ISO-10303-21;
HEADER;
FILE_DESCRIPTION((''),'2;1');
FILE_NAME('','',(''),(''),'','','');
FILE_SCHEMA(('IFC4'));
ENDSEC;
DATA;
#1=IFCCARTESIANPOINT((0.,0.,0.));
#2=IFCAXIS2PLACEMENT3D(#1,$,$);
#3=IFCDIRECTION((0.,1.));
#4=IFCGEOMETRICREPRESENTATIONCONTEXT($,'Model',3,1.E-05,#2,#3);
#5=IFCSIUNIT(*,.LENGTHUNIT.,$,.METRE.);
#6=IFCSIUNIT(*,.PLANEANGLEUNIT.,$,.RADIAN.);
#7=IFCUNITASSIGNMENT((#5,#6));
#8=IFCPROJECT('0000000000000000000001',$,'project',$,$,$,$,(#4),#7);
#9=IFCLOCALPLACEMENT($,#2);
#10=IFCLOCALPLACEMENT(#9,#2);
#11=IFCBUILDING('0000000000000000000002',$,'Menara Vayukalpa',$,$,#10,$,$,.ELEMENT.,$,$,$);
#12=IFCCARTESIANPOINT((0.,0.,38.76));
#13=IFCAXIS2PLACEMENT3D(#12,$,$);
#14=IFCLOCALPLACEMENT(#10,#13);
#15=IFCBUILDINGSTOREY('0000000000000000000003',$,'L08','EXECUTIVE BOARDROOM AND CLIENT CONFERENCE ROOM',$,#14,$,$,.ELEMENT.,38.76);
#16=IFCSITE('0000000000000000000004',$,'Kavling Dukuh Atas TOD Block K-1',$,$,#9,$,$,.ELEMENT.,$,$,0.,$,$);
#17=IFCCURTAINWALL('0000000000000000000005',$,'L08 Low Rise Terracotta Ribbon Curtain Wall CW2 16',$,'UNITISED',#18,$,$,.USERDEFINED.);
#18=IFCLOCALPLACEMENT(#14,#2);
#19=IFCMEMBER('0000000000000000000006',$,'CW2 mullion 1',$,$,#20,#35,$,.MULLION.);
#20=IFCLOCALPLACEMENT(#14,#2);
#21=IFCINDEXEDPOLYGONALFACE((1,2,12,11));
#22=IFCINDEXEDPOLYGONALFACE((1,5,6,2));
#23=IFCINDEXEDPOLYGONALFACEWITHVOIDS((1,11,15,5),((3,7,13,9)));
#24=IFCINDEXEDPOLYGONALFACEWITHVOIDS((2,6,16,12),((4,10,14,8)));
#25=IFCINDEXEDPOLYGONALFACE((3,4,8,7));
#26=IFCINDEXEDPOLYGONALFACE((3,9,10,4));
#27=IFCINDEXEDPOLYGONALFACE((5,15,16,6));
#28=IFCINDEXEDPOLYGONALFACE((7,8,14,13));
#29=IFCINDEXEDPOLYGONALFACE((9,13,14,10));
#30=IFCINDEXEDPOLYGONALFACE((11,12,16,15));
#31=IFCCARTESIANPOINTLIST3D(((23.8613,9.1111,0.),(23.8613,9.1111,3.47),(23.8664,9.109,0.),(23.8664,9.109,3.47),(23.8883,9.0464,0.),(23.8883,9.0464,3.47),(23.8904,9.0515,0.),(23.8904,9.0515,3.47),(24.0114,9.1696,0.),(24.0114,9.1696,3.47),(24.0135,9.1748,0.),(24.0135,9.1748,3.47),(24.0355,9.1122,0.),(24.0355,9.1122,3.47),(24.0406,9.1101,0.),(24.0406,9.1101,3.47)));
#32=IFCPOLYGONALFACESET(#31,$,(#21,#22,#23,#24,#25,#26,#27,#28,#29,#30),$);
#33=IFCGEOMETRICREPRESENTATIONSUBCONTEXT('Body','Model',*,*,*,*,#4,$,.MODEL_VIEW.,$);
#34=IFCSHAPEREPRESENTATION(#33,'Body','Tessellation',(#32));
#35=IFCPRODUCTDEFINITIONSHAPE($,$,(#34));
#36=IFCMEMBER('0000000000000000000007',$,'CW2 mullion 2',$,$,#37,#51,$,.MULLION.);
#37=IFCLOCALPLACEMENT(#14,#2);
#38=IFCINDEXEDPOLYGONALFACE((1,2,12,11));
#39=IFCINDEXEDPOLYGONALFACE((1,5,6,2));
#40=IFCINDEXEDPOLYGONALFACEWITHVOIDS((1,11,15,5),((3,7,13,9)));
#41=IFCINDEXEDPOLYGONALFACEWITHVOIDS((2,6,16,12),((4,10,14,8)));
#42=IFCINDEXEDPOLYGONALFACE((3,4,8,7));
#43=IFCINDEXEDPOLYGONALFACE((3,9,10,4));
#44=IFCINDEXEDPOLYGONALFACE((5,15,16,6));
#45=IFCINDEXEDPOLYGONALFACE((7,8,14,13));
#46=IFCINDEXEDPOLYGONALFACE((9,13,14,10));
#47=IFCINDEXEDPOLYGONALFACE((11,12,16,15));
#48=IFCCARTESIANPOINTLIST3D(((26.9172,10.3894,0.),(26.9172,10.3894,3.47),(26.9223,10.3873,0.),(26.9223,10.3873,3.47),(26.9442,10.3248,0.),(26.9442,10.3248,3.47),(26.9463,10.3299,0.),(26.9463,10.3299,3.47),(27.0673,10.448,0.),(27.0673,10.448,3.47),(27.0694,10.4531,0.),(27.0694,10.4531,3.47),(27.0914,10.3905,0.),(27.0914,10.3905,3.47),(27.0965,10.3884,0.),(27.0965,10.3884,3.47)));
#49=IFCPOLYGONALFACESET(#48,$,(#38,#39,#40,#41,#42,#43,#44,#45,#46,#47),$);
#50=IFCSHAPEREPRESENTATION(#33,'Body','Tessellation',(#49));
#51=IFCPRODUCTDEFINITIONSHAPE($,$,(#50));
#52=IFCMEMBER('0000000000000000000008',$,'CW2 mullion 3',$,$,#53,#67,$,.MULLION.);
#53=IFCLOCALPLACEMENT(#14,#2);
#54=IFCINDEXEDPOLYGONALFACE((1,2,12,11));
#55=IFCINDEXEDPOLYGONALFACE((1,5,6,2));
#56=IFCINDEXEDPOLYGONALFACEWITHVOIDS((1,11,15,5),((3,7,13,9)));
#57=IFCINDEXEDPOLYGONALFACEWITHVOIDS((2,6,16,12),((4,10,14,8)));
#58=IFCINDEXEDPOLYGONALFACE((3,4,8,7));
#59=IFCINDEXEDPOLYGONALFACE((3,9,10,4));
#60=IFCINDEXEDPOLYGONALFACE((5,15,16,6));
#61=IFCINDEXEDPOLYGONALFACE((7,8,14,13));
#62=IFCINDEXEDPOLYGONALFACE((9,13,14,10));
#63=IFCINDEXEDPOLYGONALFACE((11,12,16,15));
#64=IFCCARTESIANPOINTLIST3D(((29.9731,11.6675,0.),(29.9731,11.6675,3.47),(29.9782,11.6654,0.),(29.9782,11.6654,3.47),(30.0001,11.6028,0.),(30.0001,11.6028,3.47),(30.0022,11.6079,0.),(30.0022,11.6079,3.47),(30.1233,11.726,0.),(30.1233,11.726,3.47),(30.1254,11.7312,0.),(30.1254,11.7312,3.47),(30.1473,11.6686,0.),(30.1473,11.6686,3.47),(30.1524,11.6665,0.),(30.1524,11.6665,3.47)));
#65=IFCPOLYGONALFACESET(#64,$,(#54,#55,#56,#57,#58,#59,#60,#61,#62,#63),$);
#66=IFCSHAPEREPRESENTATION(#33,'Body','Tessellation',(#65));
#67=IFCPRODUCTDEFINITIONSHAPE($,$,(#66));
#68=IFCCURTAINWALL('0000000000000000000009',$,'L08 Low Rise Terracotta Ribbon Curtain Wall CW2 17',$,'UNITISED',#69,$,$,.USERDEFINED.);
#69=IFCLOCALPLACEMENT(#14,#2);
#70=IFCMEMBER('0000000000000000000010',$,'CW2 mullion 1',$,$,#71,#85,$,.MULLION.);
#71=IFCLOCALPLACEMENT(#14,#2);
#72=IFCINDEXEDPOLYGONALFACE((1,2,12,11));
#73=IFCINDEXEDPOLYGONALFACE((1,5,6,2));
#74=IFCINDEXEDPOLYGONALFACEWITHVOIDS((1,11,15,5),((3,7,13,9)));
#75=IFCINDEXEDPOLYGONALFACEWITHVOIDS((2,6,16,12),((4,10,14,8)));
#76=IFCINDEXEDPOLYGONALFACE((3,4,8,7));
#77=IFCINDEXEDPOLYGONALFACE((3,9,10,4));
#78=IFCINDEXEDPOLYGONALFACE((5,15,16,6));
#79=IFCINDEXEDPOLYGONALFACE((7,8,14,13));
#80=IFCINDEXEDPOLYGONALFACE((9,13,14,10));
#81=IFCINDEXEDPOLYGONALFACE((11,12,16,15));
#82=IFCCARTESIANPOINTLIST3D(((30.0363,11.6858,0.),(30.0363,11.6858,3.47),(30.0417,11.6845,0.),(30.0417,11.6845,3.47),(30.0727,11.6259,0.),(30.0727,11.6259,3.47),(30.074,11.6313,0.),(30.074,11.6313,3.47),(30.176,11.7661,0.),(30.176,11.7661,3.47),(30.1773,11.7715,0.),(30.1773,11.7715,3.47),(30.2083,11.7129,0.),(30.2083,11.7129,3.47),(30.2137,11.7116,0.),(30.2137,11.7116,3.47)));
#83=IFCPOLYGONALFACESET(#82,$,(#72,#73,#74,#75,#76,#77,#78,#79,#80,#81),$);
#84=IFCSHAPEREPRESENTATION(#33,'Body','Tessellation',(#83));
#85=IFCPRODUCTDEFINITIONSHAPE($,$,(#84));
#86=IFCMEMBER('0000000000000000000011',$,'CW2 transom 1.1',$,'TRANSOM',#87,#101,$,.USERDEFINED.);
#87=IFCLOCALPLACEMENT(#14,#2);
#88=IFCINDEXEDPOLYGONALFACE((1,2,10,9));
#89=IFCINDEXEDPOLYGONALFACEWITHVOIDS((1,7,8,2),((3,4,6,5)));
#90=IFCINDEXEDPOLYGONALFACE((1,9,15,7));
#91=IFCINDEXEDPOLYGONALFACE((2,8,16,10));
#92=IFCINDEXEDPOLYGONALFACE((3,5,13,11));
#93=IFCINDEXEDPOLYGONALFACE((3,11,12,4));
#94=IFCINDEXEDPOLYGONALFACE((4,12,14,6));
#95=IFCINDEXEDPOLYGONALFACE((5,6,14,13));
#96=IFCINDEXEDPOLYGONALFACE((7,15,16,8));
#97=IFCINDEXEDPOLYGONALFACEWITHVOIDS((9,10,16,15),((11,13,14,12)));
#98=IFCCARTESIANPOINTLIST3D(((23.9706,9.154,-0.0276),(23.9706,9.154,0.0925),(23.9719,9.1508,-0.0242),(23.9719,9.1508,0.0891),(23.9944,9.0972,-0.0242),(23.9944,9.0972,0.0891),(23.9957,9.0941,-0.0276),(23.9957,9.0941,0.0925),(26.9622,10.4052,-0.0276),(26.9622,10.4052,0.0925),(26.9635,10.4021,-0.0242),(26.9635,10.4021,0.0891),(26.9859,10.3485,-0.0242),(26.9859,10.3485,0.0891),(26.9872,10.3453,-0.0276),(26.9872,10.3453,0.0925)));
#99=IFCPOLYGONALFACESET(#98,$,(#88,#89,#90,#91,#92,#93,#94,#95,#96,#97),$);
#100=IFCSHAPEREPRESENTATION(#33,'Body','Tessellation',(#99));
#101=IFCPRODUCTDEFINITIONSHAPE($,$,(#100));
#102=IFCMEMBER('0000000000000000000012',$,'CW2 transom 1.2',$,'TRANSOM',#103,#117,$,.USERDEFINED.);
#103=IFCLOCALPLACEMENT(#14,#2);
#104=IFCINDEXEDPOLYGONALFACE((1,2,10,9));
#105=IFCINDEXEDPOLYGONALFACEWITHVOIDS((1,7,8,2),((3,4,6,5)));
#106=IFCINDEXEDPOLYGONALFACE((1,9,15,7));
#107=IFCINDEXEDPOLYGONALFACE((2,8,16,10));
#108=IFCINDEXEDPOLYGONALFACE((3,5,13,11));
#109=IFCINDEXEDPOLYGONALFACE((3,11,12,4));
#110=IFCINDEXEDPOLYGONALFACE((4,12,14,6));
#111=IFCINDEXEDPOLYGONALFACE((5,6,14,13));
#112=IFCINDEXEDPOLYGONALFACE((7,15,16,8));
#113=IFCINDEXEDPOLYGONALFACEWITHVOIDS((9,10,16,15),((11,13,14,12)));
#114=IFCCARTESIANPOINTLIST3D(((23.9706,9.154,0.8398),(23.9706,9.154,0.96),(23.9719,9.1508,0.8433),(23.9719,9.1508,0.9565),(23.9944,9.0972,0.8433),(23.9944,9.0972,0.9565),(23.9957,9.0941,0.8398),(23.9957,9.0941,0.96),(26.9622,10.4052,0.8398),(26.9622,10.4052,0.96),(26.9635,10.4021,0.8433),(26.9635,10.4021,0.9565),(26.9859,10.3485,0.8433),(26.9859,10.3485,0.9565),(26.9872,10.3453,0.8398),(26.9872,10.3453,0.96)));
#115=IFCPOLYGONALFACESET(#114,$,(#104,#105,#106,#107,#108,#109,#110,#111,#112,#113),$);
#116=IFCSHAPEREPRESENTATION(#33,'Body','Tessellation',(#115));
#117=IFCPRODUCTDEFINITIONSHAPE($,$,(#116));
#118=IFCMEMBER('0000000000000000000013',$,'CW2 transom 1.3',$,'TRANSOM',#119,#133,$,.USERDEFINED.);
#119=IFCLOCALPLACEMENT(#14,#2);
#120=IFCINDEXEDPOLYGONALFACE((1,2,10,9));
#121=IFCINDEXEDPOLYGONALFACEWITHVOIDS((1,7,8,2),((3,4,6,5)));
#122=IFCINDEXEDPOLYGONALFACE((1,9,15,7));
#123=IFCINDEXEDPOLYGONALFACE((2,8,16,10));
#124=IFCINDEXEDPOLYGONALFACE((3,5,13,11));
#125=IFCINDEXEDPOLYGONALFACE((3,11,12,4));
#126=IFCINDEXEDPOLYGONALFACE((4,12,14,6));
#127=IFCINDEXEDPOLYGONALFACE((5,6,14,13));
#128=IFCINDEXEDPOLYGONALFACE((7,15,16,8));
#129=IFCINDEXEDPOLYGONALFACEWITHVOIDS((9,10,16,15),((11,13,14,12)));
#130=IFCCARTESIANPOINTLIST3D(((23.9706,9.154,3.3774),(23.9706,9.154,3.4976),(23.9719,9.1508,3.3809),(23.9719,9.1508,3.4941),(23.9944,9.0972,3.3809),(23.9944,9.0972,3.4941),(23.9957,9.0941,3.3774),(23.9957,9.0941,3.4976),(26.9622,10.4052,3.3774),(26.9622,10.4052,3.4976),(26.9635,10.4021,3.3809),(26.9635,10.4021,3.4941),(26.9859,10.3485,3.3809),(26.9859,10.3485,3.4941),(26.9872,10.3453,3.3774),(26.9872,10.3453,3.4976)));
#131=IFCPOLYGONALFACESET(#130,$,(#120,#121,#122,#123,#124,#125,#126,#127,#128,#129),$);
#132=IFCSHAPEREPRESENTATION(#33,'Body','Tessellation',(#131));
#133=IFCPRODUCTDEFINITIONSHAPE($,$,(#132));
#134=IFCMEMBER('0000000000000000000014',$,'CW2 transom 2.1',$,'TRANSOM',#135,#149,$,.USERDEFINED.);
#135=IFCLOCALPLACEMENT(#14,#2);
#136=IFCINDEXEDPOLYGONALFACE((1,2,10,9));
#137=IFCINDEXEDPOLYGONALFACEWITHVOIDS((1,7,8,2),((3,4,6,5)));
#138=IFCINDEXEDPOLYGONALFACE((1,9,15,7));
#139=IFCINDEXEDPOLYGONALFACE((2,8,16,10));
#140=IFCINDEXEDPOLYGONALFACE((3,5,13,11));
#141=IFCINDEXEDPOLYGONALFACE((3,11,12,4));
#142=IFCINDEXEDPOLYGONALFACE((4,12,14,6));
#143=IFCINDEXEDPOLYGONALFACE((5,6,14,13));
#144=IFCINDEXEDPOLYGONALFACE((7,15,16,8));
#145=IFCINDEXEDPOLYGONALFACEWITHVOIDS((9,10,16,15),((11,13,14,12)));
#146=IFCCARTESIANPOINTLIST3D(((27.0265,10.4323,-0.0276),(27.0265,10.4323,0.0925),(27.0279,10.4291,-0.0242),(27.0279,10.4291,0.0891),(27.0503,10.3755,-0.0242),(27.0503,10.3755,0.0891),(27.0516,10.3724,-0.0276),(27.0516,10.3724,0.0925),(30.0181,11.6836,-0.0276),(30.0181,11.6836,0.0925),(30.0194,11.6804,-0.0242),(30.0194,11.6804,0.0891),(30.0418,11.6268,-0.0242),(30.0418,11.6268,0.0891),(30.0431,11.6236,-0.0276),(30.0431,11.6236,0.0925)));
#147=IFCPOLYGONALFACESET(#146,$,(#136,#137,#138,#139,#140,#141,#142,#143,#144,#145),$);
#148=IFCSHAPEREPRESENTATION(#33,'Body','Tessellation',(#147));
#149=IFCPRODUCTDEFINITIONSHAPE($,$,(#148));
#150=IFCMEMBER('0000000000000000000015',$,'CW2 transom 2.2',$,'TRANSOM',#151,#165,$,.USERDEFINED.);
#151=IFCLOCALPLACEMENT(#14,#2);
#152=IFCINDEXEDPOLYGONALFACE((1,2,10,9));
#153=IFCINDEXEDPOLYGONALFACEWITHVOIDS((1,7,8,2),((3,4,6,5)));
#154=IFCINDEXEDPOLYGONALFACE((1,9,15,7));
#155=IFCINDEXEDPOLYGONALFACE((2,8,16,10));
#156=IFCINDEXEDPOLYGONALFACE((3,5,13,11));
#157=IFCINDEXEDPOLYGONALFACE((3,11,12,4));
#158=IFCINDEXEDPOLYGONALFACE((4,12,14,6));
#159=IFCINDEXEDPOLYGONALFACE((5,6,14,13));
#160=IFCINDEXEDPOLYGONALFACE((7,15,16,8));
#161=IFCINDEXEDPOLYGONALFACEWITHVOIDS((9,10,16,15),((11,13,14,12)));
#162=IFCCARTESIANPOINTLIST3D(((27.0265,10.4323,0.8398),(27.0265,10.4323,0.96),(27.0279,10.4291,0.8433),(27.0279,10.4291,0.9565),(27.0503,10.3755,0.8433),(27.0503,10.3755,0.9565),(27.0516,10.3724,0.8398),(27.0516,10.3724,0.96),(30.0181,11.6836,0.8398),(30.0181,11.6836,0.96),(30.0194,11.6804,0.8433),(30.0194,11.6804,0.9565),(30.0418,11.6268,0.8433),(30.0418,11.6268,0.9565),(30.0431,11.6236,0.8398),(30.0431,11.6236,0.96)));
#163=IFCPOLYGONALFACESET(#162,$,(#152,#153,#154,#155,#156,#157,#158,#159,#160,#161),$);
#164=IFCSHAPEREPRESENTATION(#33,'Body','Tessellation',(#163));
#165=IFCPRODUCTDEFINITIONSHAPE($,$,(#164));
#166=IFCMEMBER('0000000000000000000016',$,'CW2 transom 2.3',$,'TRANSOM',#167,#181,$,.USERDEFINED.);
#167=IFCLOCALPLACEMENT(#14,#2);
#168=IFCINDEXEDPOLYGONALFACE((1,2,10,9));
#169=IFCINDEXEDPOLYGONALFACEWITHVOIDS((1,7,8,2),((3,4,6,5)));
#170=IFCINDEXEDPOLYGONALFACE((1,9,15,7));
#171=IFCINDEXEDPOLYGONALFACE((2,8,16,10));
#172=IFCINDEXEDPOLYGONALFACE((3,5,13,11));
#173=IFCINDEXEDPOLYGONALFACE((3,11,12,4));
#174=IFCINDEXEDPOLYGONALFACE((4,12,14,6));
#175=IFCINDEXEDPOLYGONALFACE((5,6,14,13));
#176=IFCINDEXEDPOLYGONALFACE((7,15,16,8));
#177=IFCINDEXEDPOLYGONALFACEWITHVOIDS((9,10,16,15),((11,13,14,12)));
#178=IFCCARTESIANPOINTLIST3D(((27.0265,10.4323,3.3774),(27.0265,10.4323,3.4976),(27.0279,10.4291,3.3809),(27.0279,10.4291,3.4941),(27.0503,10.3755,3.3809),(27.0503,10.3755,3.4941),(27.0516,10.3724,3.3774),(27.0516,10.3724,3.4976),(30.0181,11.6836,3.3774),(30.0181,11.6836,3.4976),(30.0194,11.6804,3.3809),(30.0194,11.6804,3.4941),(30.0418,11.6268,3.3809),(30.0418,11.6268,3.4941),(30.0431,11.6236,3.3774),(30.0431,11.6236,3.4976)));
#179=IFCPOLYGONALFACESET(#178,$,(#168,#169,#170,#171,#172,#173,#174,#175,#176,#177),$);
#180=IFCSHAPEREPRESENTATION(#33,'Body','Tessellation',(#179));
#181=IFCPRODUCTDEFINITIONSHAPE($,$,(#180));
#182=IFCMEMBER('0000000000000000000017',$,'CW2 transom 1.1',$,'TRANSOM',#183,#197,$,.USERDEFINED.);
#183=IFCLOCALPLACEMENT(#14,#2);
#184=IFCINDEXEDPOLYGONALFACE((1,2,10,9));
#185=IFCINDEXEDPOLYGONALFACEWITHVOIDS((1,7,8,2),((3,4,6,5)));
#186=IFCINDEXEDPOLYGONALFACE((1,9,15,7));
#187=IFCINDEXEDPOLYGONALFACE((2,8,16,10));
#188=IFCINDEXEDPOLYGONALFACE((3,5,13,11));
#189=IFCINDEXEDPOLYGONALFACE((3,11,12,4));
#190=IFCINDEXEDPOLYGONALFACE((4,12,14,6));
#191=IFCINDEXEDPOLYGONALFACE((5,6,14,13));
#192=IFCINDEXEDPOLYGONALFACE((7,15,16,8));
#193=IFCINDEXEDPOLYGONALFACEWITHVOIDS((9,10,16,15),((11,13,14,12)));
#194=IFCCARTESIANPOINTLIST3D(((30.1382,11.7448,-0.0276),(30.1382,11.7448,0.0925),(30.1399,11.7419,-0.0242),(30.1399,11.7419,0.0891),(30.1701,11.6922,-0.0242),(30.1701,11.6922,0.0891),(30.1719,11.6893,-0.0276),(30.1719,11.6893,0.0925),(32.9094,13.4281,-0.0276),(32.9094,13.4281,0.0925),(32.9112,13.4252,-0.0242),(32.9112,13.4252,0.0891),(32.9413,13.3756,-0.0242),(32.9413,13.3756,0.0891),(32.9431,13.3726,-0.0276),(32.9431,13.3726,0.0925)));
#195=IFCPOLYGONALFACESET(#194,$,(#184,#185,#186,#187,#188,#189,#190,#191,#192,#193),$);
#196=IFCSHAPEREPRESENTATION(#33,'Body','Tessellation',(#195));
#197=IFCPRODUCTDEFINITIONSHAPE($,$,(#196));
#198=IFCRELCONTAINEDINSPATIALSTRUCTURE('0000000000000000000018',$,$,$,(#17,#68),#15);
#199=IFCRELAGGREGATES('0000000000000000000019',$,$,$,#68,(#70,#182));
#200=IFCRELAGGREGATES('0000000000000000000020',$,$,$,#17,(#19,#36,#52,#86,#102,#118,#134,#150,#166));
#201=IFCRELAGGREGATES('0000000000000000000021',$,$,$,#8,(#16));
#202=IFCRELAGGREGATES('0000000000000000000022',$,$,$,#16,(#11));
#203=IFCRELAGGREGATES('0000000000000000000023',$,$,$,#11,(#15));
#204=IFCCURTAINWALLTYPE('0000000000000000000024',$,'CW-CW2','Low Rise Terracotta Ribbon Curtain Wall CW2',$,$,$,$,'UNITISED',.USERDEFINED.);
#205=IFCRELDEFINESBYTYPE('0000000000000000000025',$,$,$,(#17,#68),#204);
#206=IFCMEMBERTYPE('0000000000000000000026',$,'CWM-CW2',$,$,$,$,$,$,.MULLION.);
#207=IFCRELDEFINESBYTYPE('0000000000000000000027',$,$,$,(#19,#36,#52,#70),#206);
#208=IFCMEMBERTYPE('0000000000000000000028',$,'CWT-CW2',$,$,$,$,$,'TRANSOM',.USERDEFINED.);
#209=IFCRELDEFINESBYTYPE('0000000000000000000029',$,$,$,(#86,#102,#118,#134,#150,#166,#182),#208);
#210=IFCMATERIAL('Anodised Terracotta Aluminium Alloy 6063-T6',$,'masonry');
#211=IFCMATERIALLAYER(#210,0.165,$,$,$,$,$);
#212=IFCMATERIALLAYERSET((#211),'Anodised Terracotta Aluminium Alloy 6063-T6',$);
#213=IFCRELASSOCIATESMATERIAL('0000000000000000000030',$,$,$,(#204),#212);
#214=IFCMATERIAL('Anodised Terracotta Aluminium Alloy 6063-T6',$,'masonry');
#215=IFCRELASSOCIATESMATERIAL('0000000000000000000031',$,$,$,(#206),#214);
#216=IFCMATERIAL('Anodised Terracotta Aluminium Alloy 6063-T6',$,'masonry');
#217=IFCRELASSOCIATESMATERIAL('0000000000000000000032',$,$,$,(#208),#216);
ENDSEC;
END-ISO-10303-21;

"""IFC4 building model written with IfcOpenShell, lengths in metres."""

from ifc_helpers import new_model, si_unit, direction, frame, origin, origin_2d, place, context, subcontext, project, spatial, hollow_rectangle, extrude, material, layer, layer_set, material_profile, profile_set, type_object, element, aggregate, save


model = new_model("IFC4")

# Units and contexts
model_context = context("Model", 3, precision=1e-05, world=origin(), true_north=direction((0.0, 1.0)))
body_context = subcontext(model_context, "Body", "Model", "MODEL_VIEW")
ifc_project = project(units=[si_unit("LENGTHUNIT", "METRE"), si_unit("PLANEANGLEUNIT", "RADIAN")], contexts=[model_context])

# Site, building, storey
site_placement = place(None, origin())
site = spatial("IfcSite", under=ifc_project, at=site_placement, Name="Kavling Dukuh Atas TOD Block K-1", CompositionType="ELEMENT", RefElevation=0.0)
building_placement = place(site_placement, origin())
building = spatial("IfcBuilding", under=site, at=building_placement, Name="Menara Vayukalpa", CompositionType="ELEMENT")
storey_placement = place(building_placement, frame((0.0, 0.0, 38.76)))
storey = spatial("IfcBuildingStorey", under=building, at=storey_placement, Name="L08", Description="EXECUTIVE BOARDROOM AND CLIENT CONFERENCE ROOM", CompositionType="ELEMENT", Elevation=38.76)

# Curtain wall, members
ifc_material_1 = material(Name="Anodised Terracotta Aluminium Alloy 6063-T6", Category="masonry")
ifc_layer_1 = layer(ifc_material_1, 0.165)
ifc_layer_set_1 = layer_set([ifc_layer_1], Name="Anodised Terracotta Aluminium Alloy 6063-T6")
curtain_wall_type = type_object("IfcCurtainWallType", Name="CW-CW2", Description="Low Rise Terracotta Ribbon Curtain Wall CW2", ElementType="UNITISED", PredefinedType="USERDEFINED", material=ifc_layer_set_1)
curtain_wall_1_placement = place(storey_placement, origin())
curtain_wall_1 = element("IfcCurtainWall", 1, at=curtain_wall_1_placement, inside=storey, type_object=curtain_wall_type, Name="L08 Low Rise Terracotta Ribbon Curtain Wall CW2 16", ObjectType="UNITISED", PredefinedType="USERDEFINED")
ifc_material_2 = material(Name="Anodised Terracotta Aluminium Alloy 6063-T6", Category="masonry")
ifc_material_profile_1 = material_profile(ifc_material_2, hollow_rectangle(XDim=0.0701, YDim=0.165, WallThickness=0.0039, at=origin_2d()), Name="ALU 70x165x4")
ifc_profile_set_1 = profile_set([ifc_material_profile_1], Name="Anodised Terracotta Aluminium Alloy 6063-T6")
member_type_1 = type_object("IfcMemberType", Name="CWM-CW2", PredefinedType="MULLION", material=ifc_profile_set_1)
member_1_placement = place(storey_placement, frame((23.9509, 9.1106, 0.0), z_axis=(0.0, 0.0, 1.0), x_axis=(-0.385895, 0.922543, 0.0)))
member_1 = element("IfcMember", 2, at=member_1_placement, type_object=member_type_1, Name="CW2 mullion 1", PredefinedType="MULLION", context=body_context, shape_type="SweptSolid", body=[
    extrude(hollow_rectangle(XDim=0.0701, YDim=0.165, WallThickness=0.0039, at=origin_2d()), origin(), (0.0, 0.0, 1.0), 3.47),
])
member_2_placement = place(storey_placement, frame((27.0068, 10.3889, 0.0), z_axis=(0.0, 0.0, 1.0), x_axis=(-0.385895, 0.922543, 0.0)))
member_2 = element("IfcMember", 3, at=member_2_placement, type_object=member_type_1, Name="CW2 mullion 2", PredefinedType="MULLION", context=body_context, shape_type="SweptSolid", body=[
    extrude(hollow_rectangle(XDim=0.0701, YDim=0.165, WallThickness=0.0039, at=origin_2d()), origin(), (0.0, 0.0, 1.0), 3.47),
])
member_3_placement = place(storey_placement, frame((30.0627, 11.667, 0.0), z_axis=(0.0, 0.0, 1.0), x_axis=(-0.385895, 0.922543, 0.0)))
member_3 = element("IfcMember", 4, at=member_3_placement, type_object=member_type_1, Name="CW2 mullion 3", PredefinedType="MULLION", context=body_context, shape_type="SweptSolid", body=[
    extrude(hollow_rectangle(XDim=0.0701, YDim=0.165, WallThickness=0.0039, at=origin_2d()), origin(), (0.0, 0.0, 1.0), 3.47),
])

# Curtain wall, member
curtain_wall_2_placement = place(storey_placement, origin())
curtain_wall_2 = element("IfcCurtainWall", 5, at=curtain_wall_2_placement, inside=storey, type_object=curtain_wall_type, Name="L08 Low Rise Terracotta Ribbon Curtain Wall CW2 17", ObjectType="UNITISED", PredefinedType="USERDEFINED")
member_4_placement = place(storey_placement, frame((30.125, 11.6987, 0.0), z_axis=(0.0, 0.0, 1.0), x_axis=(-0.519182, 0.854664, 0.0)))
member_4 = element("IfcMember", 6, at=member_4_placement, type_object=member_type_1, Name="CW2 mullion 1", PredefinedType="MULLION", context=body_context, shape_type="SweptSolid", body=[
    extrude(hollow_rectangle(XDim=0.0701, YDim=0.165, WallThickness=0.0039, at=origin_2d()), origin(), (0.0, 0.0, 1.0), 3.47),
])

# Members
ifc_material_3 = material(Name="Anodised Terracotta Aluminium Alloy 6063-T6", Category="masonry")
ifc_material_profile_2 = material_profile(ifc_material_3, hollow_rectangle(XDim=0.0649, YDim=0.1201, WallThickness=0.0034, at=origin_2d()), Name="ALU 65x120x3.5")
ifc_profile_set_2 = profile_set([ifc_material_profile_2], Name="Anodised Terracotta Aluminium Alloy 6063-T6")
member_type_2 = type_object("IfcMemberType", Name="CWT-CW2", ElementType="TRANSOM", PredefinedType="USERDEFINED", material=ifc_profile_set_2)
member_5_placement = place(storey_placement, frame((23.9832, 9.124, 0.0325), z_axis=(0.922553, 0.385871, 0.0), x_axis=(-0.385871, 0.922553, 0.0)))
member_5 = element("IfcMember", 7, at=member_5_placement, type_object=member_type_2, Name="CW2 transom 1.1", ObjectType="TRANSOM", PredefinedType="USERDEFINED", context=body_context, shape_type="SweptSolid", body=[
    extrude(hollow_rectangle(XDim=0.0649, YDim=0.1201, WallThickness=0.0034, at=origin_2d()), origin(), (0.0, 0.0, 1.0), 3.2427),
])
member_6_placement = place(storey_placement, frame((23.9832, 9.124, 0.8999), z_axis=(0.922553, 0.385871, 0.0), x_axis=(-0.385871, 0.922553, 0.0)))
member_6 = element("IfcMember", 8, at=member_6_placement, type_object=member_type_2, Name="CW2 transom 1.2", ObjectType="TRANSOM", PredefinedType="USERDEFINED", context=body_context, shape_type="SweptSolid", body=[
    extrude(hollow_rectangle(XDim=0.0649, YDim=0.1201, WallThickness=0.0034, at=origin_2d()), origin(), (0.0, 0.0, 1.0), 3.2427),
])
member_7_placement = place(storey_placement, frame((23.9832, 9.124, 3.4375), z_axis=(0.922553, 0.385871, 0.0), x_axis=(-0.385871, 0.922553, 0.0)))
member_7 = element("IfcMember", 9, at=member_7_placement, type_object=member_type_2, Name="CW2 transom 1.3", ObjectType="TRANSOM", PredefinedType="USERDEFINED", context=body_context, shape_type="SweptSolid", body=[
    extrude(hollow_rectangle(XDim=0.0649, YDim=0.1201, WallThickness=0.0034, at=origin_2d()), origin(), (0.0, 0.0, 1.0), 3.2427),
])
member_8_placement = place(storey_placement, frame((27.0391, 10.4023, 0.0325), z_axis=(0.922553, 0.385871, 0.0), x_axis=(-0.385871, 0.922553, 0.0)))
member_8 = element("IfcMember", 10, at=member_8_placement, type_object=member_type_2, Name="CW2 transom 2.1", ObjectType="TRANSOM", PredefinedType="USERDEFINED", context=body_context, shape_type="SweptSolid", body=[
    extrude(hollow_rectangle(XDim=0.0649, YDim=0.1201, WallThickness=0.0034, at=origin_2d()), origin(), (0.0, 0.0, 1.0), 3.2427),
])
member_9_placement = place(storey_placement, frame((27.0391, 10.4023, 0.8999), z_axis=(0.922553, 0.385871, 0.0), x_axis=(-0.385871, 0.922553, 0.0)))
member_9 = element("IfcMember", 11, at=member_9_placement, type_object=member_type_2, Name="CW2 transom 2.2", ObjectType="TRANSOM", PredefinedType="USERDEFINED", context=body_context, shape_type="SweptSolid", body=[
    extrude(hollow_rectangle(XDim=0.0649, YDim=0.1201, WallThickness=0.0034, at=origin_2d()), origin(), (0.0, 0.0, 1.0), 3.2427),
])
member_10_placement = place(storey_placement, frame((27.0391, 10.4023, 3.4375), z_axis=(0.922553, 0.385871, 0.0), x_axis=(-0.385871, 0.922553, 0.0)))
member_10 = element("IfcMember", 12, at=member_10_placement, type_object=member_type_2, Name="CW2 transom 2.3", ObjectType="TRANSOM", PredefinedType="USERDEFINED", context=body_context, shape_type="SweptSolid", body=[
    extrude(hollow_rectangle(XDim=0.0649, YDim=0.1201, WallThickness=0.0034, at=origin_2d()), origin(), (0.0, 0.0, 1.0), 3.2427),
])
member_11_placement = place(storey_placement, frame((30.155, 11.717, 0.0325), z_axis=(0.854677, 0.519161, 0.0), x_axis=(-0.519161, 0.854677, 0.0)))
member_11 = element("IfcMember", 13, at=member_11_placement, type_object=member_type_2, Name="CW2 transom 1.1", ObjectType="TRANSOM", PredefinedType="USERDEFINED", context=body_context, shape_type="SweptSolid", body=[
    extrude(hollow_rectangle(XDim=0.0649, YDim=0.1201, WallThickness=0.0034, at=origin_2d()), origin(), (0.0, 0.0, 1.0), 3.2424),
])
aggregate(curtain_wall_2, [member_4, member_11])

aggregate(curtain_wall_1, [member_1, member_2, member_3, member_5, member_6, member_7, member_8, member_9, member_10])

save(model, "model.ifc")
